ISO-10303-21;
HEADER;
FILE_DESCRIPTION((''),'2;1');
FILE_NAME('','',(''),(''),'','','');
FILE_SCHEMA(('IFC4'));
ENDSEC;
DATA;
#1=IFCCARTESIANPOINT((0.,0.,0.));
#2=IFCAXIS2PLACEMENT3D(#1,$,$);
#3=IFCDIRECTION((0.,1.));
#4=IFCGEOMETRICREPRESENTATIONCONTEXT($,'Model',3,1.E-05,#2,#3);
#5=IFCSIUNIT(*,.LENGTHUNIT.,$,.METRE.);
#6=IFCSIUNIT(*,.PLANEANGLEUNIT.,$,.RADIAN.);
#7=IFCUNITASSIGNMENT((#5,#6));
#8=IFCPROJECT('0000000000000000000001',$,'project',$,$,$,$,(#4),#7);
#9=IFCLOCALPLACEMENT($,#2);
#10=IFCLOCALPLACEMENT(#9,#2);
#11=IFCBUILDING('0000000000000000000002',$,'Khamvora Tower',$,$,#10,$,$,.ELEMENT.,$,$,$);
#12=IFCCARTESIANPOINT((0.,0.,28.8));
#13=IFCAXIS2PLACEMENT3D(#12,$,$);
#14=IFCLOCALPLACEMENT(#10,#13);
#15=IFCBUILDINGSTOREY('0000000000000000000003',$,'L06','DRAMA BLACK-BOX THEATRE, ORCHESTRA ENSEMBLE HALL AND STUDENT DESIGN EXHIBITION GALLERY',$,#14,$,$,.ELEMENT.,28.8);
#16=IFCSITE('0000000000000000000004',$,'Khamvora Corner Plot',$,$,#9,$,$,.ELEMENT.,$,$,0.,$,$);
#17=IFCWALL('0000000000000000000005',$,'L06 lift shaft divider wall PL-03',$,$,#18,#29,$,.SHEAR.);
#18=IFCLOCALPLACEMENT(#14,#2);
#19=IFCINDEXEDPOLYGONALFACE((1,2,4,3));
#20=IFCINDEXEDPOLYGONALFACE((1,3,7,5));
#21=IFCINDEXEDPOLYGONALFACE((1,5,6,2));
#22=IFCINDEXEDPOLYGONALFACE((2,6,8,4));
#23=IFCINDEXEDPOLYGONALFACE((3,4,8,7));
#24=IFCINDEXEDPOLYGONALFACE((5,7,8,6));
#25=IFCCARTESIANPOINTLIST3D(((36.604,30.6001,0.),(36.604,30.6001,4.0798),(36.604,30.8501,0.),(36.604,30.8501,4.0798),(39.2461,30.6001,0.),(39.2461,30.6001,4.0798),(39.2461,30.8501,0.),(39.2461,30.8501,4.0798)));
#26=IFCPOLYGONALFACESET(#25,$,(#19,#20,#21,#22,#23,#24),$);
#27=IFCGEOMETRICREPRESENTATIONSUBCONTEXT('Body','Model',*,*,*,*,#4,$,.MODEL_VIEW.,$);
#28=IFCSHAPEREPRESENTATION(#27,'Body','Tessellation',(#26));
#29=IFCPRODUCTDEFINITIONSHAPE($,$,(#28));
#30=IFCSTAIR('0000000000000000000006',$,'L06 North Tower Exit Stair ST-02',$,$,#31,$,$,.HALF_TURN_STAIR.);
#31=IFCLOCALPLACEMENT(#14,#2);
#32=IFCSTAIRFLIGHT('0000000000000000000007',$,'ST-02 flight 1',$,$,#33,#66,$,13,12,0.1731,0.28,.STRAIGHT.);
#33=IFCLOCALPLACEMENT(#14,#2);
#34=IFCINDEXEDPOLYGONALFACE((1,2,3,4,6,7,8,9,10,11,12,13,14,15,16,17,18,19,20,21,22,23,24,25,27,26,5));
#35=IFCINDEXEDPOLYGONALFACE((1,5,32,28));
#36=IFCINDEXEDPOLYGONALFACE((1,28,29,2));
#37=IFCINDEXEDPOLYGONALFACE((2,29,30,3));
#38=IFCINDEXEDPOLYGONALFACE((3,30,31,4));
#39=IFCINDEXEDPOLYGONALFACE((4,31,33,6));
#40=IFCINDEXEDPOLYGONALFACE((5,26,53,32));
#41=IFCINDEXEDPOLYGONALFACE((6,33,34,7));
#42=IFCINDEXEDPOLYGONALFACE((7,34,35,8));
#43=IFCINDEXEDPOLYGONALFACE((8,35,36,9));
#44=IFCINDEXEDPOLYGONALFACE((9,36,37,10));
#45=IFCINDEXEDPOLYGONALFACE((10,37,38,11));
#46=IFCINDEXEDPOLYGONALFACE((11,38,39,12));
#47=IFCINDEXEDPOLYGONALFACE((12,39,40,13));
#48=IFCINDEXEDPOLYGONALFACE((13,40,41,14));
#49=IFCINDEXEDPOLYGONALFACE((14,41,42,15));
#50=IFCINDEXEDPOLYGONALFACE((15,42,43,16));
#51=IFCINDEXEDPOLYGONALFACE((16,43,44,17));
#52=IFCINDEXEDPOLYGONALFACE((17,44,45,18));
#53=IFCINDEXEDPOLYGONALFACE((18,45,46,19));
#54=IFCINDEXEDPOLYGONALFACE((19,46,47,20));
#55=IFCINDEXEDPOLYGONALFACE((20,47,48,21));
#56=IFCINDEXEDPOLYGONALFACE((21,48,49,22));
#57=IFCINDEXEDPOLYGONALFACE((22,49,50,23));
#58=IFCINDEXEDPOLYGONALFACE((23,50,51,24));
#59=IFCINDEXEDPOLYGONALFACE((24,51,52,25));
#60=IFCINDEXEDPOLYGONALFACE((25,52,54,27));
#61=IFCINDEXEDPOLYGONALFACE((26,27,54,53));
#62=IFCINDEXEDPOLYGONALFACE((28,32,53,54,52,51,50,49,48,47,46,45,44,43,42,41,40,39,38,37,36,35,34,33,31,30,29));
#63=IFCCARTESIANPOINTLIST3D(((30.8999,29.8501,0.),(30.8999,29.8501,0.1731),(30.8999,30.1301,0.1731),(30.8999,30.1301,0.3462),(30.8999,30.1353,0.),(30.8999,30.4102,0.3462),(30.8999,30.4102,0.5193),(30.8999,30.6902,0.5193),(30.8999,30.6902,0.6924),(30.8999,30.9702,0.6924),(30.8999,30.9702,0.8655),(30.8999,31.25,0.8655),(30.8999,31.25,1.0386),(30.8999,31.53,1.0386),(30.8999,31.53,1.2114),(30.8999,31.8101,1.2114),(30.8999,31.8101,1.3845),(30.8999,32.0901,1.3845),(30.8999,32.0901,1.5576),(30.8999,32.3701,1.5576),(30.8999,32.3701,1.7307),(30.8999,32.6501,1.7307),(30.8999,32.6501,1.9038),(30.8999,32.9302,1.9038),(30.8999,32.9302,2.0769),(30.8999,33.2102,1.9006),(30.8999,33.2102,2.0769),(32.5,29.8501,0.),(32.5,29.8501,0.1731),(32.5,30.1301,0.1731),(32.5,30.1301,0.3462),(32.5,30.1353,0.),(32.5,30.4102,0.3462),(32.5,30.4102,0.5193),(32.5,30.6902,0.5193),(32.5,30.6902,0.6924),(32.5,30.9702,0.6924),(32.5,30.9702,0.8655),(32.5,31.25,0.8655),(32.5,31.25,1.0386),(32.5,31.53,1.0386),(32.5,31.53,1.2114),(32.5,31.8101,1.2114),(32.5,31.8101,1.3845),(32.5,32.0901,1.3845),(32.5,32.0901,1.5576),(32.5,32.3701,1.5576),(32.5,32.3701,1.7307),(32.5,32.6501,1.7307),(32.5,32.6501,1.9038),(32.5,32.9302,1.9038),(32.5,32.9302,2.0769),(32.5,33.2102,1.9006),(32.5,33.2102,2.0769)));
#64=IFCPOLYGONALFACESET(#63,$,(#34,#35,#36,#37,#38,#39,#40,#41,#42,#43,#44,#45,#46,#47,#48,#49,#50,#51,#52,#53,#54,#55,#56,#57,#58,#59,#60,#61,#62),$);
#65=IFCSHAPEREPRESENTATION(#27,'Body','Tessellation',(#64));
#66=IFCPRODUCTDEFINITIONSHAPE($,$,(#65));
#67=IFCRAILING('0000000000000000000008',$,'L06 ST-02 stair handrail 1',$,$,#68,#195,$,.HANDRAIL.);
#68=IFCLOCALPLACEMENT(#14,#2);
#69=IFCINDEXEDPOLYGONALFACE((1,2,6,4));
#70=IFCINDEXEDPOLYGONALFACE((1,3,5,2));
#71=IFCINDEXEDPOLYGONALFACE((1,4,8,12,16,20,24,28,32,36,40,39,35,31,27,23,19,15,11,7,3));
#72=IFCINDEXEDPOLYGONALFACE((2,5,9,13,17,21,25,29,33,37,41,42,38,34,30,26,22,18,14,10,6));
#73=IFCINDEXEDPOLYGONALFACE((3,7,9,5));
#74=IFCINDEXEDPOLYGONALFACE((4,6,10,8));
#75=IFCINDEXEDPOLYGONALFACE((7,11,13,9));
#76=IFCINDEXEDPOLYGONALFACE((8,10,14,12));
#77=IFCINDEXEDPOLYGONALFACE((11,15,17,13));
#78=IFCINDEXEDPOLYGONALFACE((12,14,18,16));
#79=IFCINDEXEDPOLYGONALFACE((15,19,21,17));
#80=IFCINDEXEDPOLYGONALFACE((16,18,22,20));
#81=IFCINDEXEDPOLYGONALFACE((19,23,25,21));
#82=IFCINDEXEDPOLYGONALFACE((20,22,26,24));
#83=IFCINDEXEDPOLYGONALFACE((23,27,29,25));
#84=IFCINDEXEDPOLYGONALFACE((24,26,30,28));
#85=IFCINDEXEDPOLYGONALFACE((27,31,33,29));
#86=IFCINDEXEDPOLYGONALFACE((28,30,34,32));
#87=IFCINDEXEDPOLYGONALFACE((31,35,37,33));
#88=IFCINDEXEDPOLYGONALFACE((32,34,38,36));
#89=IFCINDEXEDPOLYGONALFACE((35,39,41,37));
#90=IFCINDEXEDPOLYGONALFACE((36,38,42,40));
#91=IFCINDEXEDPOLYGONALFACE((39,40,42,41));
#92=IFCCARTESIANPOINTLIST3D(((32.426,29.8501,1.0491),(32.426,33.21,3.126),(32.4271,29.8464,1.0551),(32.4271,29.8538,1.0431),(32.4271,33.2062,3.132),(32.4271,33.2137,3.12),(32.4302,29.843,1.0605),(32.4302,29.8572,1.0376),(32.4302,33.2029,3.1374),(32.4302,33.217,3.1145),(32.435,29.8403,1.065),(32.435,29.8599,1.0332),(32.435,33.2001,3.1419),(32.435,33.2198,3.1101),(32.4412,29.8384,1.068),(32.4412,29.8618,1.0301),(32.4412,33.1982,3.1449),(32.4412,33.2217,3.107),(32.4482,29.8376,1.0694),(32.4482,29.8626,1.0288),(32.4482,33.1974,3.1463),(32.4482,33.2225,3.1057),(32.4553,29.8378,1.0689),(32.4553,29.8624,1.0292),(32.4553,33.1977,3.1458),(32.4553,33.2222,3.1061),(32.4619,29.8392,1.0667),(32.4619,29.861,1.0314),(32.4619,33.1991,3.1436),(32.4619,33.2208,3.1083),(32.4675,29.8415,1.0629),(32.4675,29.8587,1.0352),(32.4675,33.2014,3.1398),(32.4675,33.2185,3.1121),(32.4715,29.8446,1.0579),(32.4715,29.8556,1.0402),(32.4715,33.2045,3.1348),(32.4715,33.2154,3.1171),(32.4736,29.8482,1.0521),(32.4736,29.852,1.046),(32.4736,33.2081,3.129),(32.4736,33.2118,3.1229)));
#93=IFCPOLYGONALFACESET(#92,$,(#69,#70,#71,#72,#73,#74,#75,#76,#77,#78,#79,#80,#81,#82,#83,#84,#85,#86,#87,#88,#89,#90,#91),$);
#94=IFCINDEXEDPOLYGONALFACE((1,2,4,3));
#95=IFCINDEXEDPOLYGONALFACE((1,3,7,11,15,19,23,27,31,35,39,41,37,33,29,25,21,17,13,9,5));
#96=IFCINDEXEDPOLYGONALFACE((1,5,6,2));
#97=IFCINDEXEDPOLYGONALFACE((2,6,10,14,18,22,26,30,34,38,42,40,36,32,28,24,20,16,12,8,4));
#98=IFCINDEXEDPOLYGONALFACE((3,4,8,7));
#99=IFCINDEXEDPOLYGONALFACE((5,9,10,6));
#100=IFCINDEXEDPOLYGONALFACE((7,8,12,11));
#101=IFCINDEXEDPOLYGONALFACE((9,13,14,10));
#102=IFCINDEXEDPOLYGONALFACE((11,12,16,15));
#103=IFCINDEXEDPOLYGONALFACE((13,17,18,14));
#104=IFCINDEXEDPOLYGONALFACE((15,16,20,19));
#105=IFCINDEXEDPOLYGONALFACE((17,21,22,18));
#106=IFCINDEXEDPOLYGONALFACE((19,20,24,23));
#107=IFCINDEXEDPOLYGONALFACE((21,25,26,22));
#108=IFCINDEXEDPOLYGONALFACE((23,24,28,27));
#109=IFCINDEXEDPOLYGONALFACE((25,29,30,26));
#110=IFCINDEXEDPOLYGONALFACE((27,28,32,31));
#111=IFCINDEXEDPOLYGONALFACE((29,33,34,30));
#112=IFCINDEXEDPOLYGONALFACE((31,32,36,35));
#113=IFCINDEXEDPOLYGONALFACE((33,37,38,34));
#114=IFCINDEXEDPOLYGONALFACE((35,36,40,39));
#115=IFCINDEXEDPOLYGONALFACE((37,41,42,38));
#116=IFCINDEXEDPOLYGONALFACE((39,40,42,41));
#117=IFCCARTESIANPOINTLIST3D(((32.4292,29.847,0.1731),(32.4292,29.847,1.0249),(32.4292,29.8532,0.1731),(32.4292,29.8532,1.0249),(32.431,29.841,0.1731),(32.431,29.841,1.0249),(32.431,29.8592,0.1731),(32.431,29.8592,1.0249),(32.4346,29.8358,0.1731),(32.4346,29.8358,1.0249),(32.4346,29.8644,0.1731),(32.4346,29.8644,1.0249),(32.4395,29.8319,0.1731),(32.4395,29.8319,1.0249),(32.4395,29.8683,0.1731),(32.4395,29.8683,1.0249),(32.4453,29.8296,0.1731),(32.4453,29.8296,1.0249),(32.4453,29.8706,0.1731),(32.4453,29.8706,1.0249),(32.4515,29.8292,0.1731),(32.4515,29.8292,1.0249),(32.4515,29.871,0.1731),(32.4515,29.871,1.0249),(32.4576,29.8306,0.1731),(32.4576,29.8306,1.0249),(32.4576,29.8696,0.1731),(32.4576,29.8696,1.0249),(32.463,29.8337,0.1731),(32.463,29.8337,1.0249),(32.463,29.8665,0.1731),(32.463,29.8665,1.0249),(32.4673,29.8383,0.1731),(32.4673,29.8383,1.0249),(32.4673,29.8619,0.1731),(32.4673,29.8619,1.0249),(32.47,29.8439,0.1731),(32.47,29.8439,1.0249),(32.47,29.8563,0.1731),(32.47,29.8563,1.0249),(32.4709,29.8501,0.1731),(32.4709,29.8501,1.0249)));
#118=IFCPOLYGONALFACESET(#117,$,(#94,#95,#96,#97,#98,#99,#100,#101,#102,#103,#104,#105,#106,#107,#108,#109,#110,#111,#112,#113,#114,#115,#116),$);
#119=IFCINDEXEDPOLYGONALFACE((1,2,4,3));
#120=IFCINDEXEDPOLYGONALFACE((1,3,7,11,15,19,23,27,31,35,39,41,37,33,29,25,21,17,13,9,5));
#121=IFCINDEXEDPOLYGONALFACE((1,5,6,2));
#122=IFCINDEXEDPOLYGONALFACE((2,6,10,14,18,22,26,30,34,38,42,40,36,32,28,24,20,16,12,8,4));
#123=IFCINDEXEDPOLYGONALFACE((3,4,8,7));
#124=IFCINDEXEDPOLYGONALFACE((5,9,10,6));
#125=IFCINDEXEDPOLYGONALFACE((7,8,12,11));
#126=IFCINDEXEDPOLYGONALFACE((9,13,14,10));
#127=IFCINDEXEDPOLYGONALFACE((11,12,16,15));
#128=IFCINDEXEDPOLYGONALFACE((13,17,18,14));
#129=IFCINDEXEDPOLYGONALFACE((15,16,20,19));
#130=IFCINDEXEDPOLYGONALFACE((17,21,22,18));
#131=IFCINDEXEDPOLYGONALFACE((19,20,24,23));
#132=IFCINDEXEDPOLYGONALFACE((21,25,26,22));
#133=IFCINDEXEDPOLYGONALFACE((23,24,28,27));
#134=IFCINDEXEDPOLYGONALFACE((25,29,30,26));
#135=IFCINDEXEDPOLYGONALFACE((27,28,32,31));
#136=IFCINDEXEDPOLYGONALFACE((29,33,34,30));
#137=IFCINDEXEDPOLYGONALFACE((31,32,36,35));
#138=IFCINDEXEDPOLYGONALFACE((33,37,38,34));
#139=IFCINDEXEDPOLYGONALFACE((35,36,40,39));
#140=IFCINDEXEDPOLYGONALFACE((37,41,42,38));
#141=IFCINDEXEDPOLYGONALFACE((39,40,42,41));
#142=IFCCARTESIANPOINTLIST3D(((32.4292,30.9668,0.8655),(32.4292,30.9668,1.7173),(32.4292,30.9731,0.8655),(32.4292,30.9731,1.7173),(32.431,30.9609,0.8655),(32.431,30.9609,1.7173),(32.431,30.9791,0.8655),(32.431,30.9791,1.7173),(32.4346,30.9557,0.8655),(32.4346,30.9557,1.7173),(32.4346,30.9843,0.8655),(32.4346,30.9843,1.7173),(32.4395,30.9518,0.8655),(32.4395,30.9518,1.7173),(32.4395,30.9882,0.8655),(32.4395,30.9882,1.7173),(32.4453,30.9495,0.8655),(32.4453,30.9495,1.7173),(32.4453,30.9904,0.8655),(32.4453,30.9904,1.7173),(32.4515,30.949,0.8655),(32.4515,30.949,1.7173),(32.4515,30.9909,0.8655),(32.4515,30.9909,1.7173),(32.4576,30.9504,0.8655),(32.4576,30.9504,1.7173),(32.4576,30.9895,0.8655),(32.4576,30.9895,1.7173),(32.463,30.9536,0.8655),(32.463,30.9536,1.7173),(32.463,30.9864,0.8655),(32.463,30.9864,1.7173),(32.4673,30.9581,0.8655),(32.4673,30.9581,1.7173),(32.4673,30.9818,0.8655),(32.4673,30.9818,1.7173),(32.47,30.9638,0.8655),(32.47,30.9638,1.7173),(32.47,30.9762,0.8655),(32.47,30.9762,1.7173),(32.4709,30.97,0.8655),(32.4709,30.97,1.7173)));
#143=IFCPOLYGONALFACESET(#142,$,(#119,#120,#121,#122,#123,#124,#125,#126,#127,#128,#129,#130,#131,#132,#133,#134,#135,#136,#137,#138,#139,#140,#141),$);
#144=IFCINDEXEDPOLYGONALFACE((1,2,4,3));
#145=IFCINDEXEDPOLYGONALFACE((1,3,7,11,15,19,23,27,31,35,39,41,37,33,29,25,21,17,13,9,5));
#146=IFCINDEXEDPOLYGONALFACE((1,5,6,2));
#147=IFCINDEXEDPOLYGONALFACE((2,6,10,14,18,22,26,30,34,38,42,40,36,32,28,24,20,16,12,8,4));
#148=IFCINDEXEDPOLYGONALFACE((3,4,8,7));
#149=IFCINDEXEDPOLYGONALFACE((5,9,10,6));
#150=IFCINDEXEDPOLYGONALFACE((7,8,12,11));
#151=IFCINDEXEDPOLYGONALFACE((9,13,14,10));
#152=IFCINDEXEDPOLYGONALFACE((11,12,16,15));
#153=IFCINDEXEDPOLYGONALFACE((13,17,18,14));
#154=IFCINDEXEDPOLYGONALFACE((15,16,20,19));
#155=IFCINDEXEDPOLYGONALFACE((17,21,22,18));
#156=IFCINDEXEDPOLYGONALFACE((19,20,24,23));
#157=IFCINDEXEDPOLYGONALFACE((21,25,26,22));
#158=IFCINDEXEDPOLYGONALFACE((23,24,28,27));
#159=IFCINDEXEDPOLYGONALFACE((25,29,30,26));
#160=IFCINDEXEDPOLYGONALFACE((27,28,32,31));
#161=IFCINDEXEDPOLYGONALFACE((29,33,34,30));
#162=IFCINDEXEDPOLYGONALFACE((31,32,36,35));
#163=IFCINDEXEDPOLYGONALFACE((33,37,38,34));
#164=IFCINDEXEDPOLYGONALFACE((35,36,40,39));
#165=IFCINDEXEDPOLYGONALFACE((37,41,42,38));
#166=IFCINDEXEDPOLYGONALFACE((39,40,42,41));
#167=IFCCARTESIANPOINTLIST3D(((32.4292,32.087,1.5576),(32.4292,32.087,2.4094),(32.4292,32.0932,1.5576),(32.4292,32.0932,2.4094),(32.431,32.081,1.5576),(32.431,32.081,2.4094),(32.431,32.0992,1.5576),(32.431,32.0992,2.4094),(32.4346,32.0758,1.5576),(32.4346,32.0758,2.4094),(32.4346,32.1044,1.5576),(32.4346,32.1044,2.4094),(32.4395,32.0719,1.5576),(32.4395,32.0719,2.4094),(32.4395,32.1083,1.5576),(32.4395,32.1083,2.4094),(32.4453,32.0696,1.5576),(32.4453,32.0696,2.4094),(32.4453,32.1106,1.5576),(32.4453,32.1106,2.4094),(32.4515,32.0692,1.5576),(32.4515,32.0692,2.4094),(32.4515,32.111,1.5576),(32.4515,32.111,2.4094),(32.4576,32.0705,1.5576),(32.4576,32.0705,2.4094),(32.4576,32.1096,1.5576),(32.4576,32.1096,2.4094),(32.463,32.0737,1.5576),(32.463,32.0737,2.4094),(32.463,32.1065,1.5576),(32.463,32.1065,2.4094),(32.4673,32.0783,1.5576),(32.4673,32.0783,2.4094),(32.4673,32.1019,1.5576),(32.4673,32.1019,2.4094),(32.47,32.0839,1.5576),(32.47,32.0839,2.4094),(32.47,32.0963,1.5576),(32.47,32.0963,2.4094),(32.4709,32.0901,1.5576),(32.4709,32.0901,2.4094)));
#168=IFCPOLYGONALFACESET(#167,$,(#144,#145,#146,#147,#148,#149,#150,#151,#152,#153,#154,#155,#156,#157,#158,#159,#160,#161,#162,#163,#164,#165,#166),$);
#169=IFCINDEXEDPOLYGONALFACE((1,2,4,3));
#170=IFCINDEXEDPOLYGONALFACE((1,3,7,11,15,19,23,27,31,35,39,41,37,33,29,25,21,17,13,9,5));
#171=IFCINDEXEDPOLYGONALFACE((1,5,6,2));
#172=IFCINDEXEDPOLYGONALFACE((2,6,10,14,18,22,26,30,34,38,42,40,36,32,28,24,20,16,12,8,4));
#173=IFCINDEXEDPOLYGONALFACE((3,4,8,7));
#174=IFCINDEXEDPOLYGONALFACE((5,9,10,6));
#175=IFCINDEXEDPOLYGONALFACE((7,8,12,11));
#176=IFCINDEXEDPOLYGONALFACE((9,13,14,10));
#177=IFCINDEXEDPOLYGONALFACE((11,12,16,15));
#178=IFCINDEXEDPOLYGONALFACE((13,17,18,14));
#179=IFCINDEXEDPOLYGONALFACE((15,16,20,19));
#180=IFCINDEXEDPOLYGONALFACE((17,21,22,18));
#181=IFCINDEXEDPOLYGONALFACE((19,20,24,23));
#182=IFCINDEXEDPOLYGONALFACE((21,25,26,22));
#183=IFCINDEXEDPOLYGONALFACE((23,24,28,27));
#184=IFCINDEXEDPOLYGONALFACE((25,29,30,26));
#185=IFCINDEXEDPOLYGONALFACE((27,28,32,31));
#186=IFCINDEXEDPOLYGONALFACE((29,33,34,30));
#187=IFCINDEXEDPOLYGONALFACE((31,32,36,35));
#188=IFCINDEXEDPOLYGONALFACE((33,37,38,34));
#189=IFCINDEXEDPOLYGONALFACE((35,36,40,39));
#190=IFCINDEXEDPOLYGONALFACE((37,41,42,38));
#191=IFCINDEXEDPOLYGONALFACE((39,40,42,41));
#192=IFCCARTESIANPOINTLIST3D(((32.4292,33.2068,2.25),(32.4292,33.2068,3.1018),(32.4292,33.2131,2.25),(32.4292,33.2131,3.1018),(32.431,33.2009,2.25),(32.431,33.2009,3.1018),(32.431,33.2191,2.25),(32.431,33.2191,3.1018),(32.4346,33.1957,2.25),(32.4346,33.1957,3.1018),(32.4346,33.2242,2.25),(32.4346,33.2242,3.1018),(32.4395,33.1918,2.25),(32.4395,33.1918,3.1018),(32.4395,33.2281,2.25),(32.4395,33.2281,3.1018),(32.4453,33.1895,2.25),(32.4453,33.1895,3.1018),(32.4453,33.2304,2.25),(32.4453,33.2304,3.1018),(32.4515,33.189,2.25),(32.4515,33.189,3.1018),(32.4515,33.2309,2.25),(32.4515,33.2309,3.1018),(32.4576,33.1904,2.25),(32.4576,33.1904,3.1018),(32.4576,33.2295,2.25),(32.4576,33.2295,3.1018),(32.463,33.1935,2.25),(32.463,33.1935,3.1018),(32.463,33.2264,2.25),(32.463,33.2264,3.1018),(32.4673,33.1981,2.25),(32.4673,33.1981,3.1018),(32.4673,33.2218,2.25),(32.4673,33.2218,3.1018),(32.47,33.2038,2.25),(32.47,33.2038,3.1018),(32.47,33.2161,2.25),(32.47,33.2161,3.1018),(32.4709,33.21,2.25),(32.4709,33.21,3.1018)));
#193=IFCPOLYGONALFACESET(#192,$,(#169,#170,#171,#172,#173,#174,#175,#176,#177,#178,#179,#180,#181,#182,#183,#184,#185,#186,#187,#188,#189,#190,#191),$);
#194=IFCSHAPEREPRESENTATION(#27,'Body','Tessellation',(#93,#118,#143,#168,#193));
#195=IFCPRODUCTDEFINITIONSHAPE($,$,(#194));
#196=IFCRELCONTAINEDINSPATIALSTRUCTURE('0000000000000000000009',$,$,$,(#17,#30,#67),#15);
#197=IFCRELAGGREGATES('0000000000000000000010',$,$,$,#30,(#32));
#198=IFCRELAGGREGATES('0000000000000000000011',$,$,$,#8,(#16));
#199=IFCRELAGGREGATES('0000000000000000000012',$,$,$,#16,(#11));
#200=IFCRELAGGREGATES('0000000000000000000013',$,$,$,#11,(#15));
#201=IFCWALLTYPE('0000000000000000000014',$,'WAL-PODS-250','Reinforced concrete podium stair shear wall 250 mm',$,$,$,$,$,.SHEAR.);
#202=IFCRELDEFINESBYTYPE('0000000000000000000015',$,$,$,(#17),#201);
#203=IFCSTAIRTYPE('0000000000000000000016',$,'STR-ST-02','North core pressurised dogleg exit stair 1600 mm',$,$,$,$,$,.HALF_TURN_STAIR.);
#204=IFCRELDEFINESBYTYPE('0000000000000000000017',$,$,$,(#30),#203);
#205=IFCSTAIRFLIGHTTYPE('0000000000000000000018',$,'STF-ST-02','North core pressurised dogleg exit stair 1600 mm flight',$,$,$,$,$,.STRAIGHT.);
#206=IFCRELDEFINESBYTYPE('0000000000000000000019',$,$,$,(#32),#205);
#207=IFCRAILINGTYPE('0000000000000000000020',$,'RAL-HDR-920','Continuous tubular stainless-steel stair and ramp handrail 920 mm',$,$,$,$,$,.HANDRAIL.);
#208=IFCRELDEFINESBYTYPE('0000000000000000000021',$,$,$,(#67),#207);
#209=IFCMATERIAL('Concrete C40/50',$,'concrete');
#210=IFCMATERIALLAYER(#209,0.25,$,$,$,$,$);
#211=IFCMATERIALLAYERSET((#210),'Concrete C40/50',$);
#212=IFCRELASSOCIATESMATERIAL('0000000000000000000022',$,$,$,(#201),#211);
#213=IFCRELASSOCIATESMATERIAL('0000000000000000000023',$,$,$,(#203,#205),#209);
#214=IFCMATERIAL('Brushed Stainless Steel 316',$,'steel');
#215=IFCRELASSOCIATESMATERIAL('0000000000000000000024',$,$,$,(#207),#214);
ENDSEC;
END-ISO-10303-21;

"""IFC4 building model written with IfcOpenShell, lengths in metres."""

from ifc_helpers import new_model, si_unit, direction, frame, frame_2d, origin, origin_2d, place, context, subcontext, project, spatial, polyline, rectangle, circle, outline, extrude, material, layer, layer_set, type_object, element, aggregate, save


model = new_model("IFC4")

# Units and contexts
model_context = context("Model", 3, precision=1e-05, world=origin(), true_north=direction((0.0, 1.0)))
body_context = subcontext(model_context, "Body", "Model", "MODEL_VIEW")
ifc_project = project(units=[si_unit("LENGTHUNIT", "METRE"), si_unit("PLANEANGLEUNIT", "RADIAN")], contexts=[model_context])

# Site, building, storey
site_placement = place(None, origin())
site = spatial("IfcSite", under=ifc_project, at=site_placement, Name="Khamvora Corner Plot", CompositionType="ELEMENT", RefElevation=0.0)
building_placement = place(site_placement, origin())
building = spatial("IfcBuilding", under=site, at=building_placement, Name="Khamvora Tower", CompositionType="ELEMENT")
storey_placement = place(building_placement, frame((0.0, 0.0, 28.8)))
storey = spatial("IfcBuildingStorey", under=building, at=storey_placement, Name="L06", Description="DRAMA BLACK-BOX THEATRE, ORCHESTRA ENSEMBLE HALL AND STUDENT DESIGN EXHIBITION GALLERY", CompositionType="ELEMENT", Elevation=28.8)

# Wall
ifc_material_1 = material(Name="Concrete C40/50", Category="concrete")
ifc_layer_1 = layer(ifc_material_1, 0.25)
ifc_layer_set_1 = layer_set([ifc_layer_1], Name="Concrete C40/50")
wall_type_1 = type_object("IfcWallType", Name="WAL-PODS-250", Description="Reinforced concrete podium stair shear wall 250 mm", PredefinedType="SHEAR", material=ifc_layer_set_1)
for number, where, z_axis, x_axis, name in (
    (1, (36.604, 30.7251, 0.0), (0.0, 0.0, 1.0), (1.0, 0.0, 0.0), "L06 lift shaft divider wall PL-03"),
):
    element("IfcWall", number, at=place(storey_placement, frame(where, z_axis=z_axis, x_axis=x_axis)), inside=storey, type_object=wall_type_1, Name=name, PredefinedType="SHEAR", context=body_context, shape_type="SweptSolid", body=[
        extrude(rectangle(XDim=2.6421, YDim=0.25, at=frame_2d((1.321, 0.0))), origin(), (0.0, 0.0, 1.0), 4.0798),
    ])

# Stair, stair flight
stair_type = type_object("IfcStairType", Name="STR-ST-02", Description="North core pressurised dogleg exit stair 1600 mm", PredefinedType="HALF_TURN_STAIR", material=ifc_material_1)
stair_placement = place(storey_placement, origin())
stair = element("IfcStair", 2, at=stair_placement, inside=storey, type_object=stair_type, Name="L06 North Tower Exit Stair ST-02", PredefinedType="HALF_TURN_STAIR")
stair_flight_type = type_object("IfcStairFlightType", Name="STF-ST-02", Description="North core pressurised dogleg exit stair 1600 mm flight", PredefinedType="STRAIGHT", material=ifc_material_1)
stair_flight_placement = place(storey_placement, frame((31.7, 29.8501, 0.0), z_axis=(0.0, 0.0, 1.0), x_axis=(0.0, 1.0, 0.0)))
stair_flight = element("IfcStairFlight", 3, at=stair_flight_placement, type_object=stair_flight_type, Name="ST-02 flight 1", NumberOfRisers=13, NumberOfTreads=12, PredefinedType="STRAIGHT", RiserHeight=0.1731, TreadLength=0.28, context=body_context, shape_type="SweptSolid", body=[
    extrude(outline(polyline([(0.0, 0.0), (0.0, 0.1731), (0.28, 0.1731), (0.28, 0.3462), (0.5601, 0.3462), (0.5601, 0.5193), (0.8401, 0.5193), (0.8401, 0.6924), (1.1201, 0.6924), (1.1201, 0.8655), (1.3999, 0.8655), (1.3999, 1.0386), (1.6799, 1.0386), (1.6799, 1.2114), (1.96, 1.2114), (1.96, 1.3845), (2.24, 1.3845), (2.24, 1.5576), (2.52, 1.5576), (2.52, 1.7307), (2.8, 1.7307), (2.8, 1.9038), (3.0801, 1.9038), (3.0801, 2.0769), (3.3601, 2.0769), (3.3601, 2.25), (3.3601, 1.9006), (0.2852, 0.0), (0.0, 0.0)])), frame((0.0, 0.8, 0.0), z_axis=(0.0, -1.0, 0.0), x_axis=(1.0, 0.0, 0.0)), (0.0, 0.0, 1.0), 1.6001),
])
aggregate(stair, [stair_flight])

# Railing
ifc_material_2 = material(Name="Brushed Stainless Steel 316", Category="steel")
railing_type_1 = type_object("IfcRailingType", Name="RAL-HDR-920", Description="Continuous tubular stainless-steel stair and ramp handrail 920 mm", PredefinedType="HANDRAIL", material=ifc_material_2)
railing_1_placement = place(storey_placement, frame((32.45, 29.8501, 0.1731)))
element("IfcRailing", 4, at=railing_1_placement, inside=storey, type_object=railing_type_1, Name="L06 ST-02 stair handrail 1", PredefinedType="HANDRAIL", context=body_context, shape_type="SweptSolid", body=[
    extrude(circle(Radius=0.0239, at=origin_2d()), frame((0.0, 0.0, 0.876), z_axis=(0.0, 0.850606, 0.525803), x_axis=(-1.0, 0.0, 0.0)), (0.0, 0.0, 1.0), 3.95),
    extrude(circle(Radius=0.021, at=origin_2d()), origin(), (0.0, 0.0, 1.0), 0.8518),
    extrude(circle(Radius=0.021, at=origin_2d()), frame((0.0, 1.1199, 0.6924)), (0.0, 0.0, 1.0), 0.8518),
    extrude(circle(Radius=0.021, at=origin_2d()), frame((0.0, 2.24, 1.3845)), (0.0, 0.0, 1.0), 0.8518),
    extrude(circle(Radius=0.021, at=origin_2d()), frame((0.0, 3.3599, 2.0769)), (0.0, 0.0, 1.0), 0.8518),
])

save(model, "model.ifc")
